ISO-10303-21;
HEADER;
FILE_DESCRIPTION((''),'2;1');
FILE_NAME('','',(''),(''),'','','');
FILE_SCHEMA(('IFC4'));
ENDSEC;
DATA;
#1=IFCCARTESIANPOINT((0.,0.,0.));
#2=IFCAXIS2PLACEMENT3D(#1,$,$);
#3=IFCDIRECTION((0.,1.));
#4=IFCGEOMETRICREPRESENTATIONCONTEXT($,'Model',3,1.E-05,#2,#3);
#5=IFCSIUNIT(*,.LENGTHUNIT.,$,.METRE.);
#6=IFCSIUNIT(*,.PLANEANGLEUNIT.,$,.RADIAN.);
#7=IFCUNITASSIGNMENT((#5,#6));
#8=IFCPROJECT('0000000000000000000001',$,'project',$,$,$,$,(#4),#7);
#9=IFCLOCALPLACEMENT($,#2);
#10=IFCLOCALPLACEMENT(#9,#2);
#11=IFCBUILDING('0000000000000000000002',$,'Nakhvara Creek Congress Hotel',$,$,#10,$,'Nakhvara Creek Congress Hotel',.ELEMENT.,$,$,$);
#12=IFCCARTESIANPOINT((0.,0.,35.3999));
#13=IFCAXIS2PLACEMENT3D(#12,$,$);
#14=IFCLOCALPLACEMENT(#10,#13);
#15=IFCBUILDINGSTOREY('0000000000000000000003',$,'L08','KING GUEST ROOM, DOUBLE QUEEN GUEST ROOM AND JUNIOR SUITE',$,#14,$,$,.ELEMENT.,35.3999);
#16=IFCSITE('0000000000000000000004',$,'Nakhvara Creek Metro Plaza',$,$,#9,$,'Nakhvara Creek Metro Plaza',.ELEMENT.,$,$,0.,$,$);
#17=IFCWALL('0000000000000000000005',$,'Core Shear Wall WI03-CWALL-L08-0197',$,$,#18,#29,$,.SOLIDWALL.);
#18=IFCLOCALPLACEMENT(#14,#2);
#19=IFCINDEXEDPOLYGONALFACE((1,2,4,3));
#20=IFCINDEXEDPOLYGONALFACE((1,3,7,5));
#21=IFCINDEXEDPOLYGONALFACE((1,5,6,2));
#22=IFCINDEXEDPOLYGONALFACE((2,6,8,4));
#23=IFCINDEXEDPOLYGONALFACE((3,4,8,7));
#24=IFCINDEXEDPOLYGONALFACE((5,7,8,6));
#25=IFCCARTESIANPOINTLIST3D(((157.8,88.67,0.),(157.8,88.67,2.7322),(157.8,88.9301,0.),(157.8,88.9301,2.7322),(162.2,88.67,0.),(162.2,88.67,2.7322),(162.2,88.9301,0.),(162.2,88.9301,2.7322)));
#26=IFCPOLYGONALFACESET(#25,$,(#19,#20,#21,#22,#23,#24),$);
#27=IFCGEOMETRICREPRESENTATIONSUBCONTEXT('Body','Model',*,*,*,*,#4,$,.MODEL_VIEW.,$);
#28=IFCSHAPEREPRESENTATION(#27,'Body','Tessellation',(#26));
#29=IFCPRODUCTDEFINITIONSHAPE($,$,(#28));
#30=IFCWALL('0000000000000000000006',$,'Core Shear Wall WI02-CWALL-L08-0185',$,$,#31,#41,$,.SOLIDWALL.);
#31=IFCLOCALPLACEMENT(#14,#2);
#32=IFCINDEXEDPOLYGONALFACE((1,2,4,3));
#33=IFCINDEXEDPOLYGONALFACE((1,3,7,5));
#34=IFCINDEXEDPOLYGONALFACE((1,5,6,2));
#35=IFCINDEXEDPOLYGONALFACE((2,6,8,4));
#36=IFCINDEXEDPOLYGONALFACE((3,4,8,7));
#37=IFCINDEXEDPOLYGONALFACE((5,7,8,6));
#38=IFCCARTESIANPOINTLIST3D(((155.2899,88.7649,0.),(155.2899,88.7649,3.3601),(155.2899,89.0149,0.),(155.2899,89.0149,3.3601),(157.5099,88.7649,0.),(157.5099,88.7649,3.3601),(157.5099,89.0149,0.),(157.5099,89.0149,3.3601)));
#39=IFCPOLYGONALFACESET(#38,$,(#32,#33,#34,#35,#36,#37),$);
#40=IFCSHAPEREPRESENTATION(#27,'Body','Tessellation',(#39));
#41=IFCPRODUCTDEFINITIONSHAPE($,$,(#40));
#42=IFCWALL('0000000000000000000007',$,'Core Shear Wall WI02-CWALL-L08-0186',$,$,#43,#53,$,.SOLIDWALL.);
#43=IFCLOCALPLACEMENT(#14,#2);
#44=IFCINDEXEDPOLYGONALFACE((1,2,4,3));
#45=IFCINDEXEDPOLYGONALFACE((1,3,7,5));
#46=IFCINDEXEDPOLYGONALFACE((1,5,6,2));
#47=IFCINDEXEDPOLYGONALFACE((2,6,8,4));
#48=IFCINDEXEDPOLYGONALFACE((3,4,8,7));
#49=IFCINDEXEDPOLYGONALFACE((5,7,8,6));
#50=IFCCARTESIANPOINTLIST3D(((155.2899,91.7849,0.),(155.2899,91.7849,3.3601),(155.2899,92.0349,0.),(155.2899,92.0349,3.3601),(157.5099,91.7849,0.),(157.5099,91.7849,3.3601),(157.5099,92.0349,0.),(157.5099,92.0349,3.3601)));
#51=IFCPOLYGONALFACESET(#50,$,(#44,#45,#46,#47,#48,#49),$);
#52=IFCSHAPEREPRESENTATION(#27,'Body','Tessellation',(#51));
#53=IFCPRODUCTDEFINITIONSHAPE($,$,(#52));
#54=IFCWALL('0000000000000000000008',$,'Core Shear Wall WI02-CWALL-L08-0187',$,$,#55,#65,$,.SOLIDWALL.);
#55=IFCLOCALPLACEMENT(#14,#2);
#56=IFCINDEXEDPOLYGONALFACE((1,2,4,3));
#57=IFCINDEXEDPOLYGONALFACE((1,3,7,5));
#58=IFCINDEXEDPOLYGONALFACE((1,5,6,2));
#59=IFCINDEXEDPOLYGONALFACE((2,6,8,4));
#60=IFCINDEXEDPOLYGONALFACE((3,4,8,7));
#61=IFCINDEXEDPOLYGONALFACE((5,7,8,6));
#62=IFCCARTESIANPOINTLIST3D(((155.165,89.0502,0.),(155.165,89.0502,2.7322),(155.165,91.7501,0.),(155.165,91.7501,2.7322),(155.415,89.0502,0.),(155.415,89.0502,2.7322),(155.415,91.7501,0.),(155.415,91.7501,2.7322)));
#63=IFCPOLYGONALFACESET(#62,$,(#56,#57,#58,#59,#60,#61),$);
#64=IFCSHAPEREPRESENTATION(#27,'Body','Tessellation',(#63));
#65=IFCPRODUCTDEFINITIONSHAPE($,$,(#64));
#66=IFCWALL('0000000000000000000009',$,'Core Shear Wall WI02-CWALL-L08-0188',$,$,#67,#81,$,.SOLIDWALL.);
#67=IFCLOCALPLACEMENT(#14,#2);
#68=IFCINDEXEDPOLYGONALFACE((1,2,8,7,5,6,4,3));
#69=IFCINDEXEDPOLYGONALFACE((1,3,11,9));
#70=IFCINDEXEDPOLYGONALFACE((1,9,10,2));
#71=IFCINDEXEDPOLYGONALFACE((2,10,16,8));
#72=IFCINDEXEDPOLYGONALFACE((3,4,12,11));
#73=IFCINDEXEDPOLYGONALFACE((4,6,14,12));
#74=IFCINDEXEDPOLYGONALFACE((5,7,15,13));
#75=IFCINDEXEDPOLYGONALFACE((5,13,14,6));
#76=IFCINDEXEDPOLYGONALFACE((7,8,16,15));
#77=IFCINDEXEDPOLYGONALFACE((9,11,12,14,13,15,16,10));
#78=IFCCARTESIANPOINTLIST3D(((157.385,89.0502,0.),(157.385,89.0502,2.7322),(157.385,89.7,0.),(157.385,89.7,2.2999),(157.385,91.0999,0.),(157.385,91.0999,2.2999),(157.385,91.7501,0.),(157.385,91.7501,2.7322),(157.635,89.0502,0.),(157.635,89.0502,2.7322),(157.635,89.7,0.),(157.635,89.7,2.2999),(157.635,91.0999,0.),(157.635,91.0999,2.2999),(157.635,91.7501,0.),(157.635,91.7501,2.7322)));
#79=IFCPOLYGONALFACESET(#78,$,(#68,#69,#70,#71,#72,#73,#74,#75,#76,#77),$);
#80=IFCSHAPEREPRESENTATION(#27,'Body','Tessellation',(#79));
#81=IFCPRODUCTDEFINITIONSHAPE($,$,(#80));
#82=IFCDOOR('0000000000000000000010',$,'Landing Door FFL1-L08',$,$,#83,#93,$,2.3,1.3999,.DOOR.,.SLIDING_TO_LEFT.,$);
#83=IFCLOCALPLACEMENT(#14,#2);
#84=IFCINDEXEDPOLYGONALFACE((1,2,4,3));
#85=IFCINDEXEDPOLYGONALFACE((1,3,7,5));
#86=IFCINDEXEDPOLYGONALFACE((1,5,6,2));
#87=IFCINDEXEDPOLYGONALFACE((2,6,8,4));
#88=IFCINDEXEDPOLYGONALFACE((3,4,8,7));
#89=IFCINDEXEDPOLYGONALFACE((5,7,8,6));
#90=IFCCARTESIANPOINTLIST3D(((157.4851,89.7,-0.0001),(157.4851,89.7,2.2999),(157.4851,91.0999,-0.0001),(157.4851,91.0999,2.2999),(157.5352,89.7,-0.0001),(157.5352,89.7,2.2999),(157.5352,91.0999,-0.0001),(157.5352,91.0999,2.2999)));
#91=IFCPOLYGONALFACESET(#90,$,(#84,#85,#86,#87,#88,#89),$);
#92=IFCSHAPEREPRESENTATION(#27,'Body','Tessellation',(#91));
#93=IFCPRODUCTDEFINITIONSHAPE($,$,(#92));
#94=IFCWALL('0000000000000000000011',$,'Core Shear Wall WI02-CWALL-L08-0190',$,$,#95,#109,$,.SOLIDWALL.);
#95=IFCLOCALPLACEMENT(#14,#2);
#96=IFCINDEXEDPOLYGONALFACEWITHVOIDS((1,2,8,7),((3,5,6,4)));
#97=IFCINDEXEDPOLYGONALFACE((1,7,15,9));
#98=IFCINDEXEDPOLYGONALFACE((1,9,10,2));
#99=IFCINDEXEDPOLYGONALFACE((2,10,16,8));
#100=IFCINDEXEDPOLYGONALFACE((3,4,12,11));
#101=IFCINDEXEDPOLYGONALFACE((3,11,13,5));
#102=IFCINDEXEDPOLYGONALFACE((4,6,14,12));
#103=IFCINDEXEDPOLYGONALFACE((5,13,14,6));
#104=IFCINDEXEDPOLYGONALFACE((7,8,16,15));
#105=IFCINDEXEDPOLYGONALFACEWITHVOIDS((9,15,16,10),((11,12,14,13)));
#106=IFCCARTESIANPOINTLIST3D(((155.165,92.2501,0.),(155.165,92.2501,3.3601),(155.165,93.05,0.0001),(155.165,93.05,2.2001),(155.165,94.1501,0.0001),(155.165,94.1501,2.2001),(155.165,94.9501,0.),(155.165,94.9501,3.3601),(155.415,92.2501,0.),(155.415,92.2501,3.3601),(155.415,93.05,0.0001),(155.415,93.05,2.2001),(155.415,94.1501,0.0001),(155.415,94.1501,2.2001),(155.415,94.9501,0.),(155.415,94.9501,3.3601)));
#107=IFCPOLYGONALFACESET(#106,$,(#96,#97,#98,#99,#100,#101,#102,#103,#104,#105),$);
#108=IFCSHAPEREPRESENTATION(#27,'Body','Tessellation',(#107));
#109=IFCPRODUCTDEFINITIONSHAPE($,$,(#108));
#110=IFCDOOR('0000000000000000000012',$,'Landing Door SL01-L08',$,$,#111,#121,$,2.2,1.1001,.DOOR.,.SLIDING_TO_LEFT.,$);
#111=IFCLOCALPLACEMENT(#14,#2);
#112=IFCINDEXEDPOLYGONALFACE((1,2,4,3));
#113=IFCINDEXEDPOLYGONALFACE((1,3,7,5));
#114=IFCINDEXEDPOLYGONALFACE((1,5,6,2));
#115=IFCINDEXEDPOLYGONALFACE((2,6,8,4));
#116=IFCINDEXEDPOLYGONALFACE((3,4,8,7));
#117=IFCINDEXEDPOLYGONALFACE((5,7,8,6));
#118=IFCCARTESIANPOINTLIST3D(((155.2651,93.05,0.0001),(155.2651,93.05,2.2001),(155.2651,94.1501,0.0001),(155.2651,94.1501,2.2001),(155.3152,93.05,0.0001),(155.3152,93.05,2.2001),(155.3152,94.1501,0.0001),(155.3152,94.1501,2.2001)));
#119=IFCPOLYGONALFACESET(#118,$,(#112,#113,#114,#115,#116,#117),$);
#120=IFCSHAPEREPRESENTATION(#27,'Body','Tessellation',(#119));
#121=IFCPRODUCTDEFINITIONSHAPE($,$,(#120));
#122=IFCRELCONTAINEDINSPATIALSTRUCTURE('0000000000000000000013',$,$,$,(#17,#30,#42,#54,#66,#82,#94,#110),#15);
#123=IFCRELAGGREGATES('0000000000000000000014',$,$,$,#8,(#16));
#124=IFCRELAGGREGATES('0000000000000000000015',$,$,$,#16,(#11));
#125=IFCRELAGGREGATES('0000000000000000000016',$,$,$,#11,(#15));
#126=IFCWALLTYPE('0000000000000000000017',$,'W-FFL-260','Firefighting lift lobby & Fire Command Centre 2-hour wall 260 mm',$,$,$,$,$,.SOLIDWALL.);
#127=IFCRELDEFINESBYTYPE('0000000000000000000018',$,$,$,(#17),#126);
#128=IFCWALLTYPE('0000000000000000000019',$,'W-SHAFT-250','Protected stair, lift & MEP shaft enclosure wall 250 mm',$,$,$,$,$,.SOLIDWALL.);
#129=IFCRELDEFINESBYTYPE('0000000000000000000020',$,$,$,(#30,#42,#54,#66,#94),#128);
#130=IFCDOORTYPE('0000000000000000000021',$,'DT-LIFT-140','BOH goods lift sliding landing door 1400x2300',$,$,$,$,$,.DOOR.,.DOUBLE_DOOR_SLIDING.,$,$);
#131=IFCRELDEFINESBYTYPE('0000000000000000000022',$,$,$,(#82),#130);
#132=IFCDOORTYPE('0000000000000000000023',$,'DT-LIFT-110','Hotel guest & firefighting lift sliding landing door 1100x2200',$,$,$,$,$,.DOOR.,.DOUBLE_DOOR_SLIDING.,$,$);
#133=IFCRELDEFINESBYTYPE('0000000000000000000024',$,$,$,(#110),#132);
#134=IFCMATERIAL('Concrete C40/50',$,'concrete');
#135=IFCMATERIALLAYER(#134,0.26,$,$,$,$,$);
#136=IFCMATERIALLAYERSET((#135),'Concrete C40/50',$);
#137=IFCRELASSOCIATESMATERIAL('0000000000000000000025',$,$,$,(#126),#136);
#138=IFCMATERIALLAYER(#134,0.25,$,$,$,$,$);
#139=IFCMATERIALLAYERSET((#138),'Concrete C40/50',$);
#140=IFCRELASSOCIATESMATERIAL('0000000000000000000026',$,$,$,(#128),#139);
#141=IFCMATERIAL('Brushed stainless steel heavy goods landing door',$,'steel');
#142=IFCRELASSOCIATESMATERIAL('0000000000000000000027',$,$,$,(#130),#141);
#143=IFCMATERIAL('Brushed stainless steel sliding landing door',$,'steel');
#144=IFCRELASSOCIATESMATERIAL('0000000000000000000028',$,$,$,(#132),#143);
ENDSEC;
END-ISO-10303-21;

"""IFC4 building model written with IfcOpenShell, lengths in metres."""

from ifc_helpers import new_model, si_unit, direction, frame, frame_2d, origin, place, context, subcontext, project, spatial, rectangle, extrude, material, layer, layer_set, type_object, element, fill, save


model = new_model("IFC4")

# Units and contexts
model_context = context("Model", 3, precision=1e-05, world=origin(), true_north=direction((0.0, 1.0)))
body_context = subcontext(model_context, "Body", "Model", "MODEL_VIEW")
ifc_project = project(units=[si_unit("LENGTHUNIT", "METRE"), si_unit("PLANEANGLEUNIT", "RADIAN")], contexts=[model_context])

# Site, building, storey
site_placement = place(None, origin())
site = spatial("IfcSite", under=ifc_project, at=site_placement, Name="Nakhvara Creek Metro Plaza", LongName="Nakhvara Creek Metro Plaza", CompositionType="ELEMENT", RefElevation=0.0)
building_placement = place(site_placement, origin())
building = spatial("IfcBuilding", under=site, at=building_placement, Name="Nakhvara Creek Congress Hotel", LongName="Nakhvara Creek Congress Hotel", CompositionType="ELEMENT")
storey_placement = place(building_placement, frame((0.0, 0.0, 35.3999)))
storey = spatial("IfcBuildingStorey", under=building, at=storey_placement, Name="L08", Description="KING GUEST ROOM, DOUBLE QUEEN GUEST ROOM AND JUNIOR SUITE", CompositionType="ELEMENT", Elevation=35.3999)

# Shared definitions
ifc_material_1 = material(Name="Concrete C40/50", Category="concrete")

# Shared definitions
ifc_layer_1 = layer(ifc_material_1, 0.26)
ifc_layer_set_1 = layer_set([ifc_layer_1], Name="Concrete C40/50")
wall_type_1 = type_object("IfcWallType", Name="W-FFL-260", Description="Firefighting lift lobby & Fire Command Centre 2-hour wall 260 mm", PredefinedType="SOLIDWALL", material=ifc_layer_set_1)

# Walls
wall_1_placement = place(storey_placement, frame((157.8, 88.8, 0.0), z_axis=(0.0, 0.0, 1.0), x_axis=(1.0, 0.0, 0.0)))
element("IfcWall", 1, at=wall_1_placement, inside=storey, type_object=wall_type_1, Name="Core Shear Wall WI03-CWALL-L08-0197", PredefinedType="SOLIDWALL", context=body_context, shape_type="SweptSolid", body=[
    extrude(rectangle(XDim=4.3999, YDim=0.26, at=frame_2d((2.2, 0.0))), origin(), (0.0, 0.0, 1.0), 2.7322),
])
ifc_layer_2 = layer(ifc_material_1, 0.25)
ifc_layer_set_2 = layer_set([ifc_layer_2], Name="Concrete C40/50")
wall_type_2 = type_object("IfcWallType", Name="W-SHAFT-250", Description="Protected stair, lift & MEP shaft enclosure wall 250 mm", PredefinedType="SOLIDWALL", material=ifc_layer_set_2)
for number, where, z_axis, x_axis, name in (
    (2, (155.29, 88.8899, 0.0), (0.0, 0.0, 1.0), (1.0, 0.0, 0.0), "Core Shear Wall WI02-CWALL-L08-0185"),
    (3, (155.29, 91.9099, 0.0), (0.0, 0.0, 1.0), (1.0, 0.0, 0.0), "Core Shear Wall WI02-CWALL-L08-0186"),
):
    element("IfcWall", number, at=place(storey_placement, frame(where, z_axis=z_axis, x_axis=x_axis)), inside=storey, type_object=wall_type_2, Name=name, PredefinedType="SOLIDWALL", context=body_context, shape_type="SweptSolid", body=[
        extrude(rectangle(XDim=2.22, YDim=0.25, at=frame_2d((1.1099, 0.0))), origin(), (0.0, 0.0, 1.0), 3.3601),
    ])
wall_2_placement = place(storey_placement, frame((155.29, 89.05, 0.0), z_axis=(0.0, 0.0, 1.0), x_axis=(0.0, 1.0, 0.0)))
element("IfcWall", 4, at=wall_2_placement, inside=storey, type_object=wall_type_2, Name="Core Shear Wall WI02-CWALL-L08-0187", PredefinedType="SOLIDWALL", context=body_context, shape_type="SweptSolid", body=[
    extrude(rectangle(XDim=2.7, YDim=0.25, at=frame_2d((1.3501, 0.0))), origin(), (0.0, 0.0, 1.0), 2.7322),
])

# Walls, openings, doors
wall_3_placement = place(storey_placement, frame((157.51, 89.05, 0.0), z_axis=(0.0, 0.0, 1.0), x_axis=(0.0, 1.0, 0.0)))
wall_3 = element("IfcWall", 5, at=wall_3_placement, inside=storey, type_object=wall_type_2, Name="Core Shear Wall WI02-CWALL-L08-0188", PredefinedType="SOLIDWALL", context=body_context, shape_type="SweptSolid", body=[
    extrude(rectangle(XDim=2.7, YDim=0.25, at=frame_2d((1.3501, 0.0))), origin(), (0.0, 0.0, 1.0), 2.7322),
])
opening_1_placement = place(wall_3_placement, frame((0.6499, 0.0, 0.0)))
opening_1 = element("IfcOpeningElement", 6, at=opening_1_placement, cuts=wall_3, PredefinedType="OPENING", context=body_context, shape_type="SweptSolid", body=[
    extrude(rectangle(XDim=1.3999, YDim=2.3, at=frame_2d((0.7, 1.1499))), frame((0.0, 0.137, 0.0), z_axis=(0.0, -1.0, 0.0), x_axis=(1.0, 0.0, 0.0)), (0.0, 0.0, 1.0), 0.2739),
])
ifc_material_2 = material(Name="Brushed stainless steel heavy goods landing door", Category="steel")
door_type_1 = type_object("IfcDoorType", Name="DT-LIFT-140", Description="BOH goods lift sliding landing door 1400x2300", OperationType="DOUBLE_DOOR_SLIDING", PredefinedType="DOOR", material=ifc_material_2)
door_1_placement = place(opening_1_placement, origin())
door_1 = element("IfcDoor", 7, at=door_1_placement, inside=storey, type_object=door_type_1, Name="Landing Door FFL1-L08", OperationType="SLIDING_TO_LEFT", OverallHeight=2.3, OverallWidth=1.3999, PredefinedType="DOOR", context=body_context, shape_type="SweptSolid", body=[
    extrude(rectangle(XDim=1.3999, YDim=2.3, at=frame_2d((0.7, 1.1499))), frame((0.0, 0.0249, 0.0), z_axis=(0.0, -1.0, 0.0), x_axis=(1.0, 0.0, 0.0)), (0.0, 0.0, 1.0), 0.05),
])
fill(opening_1, door_1)
wall_4_placement = place(storey_placement, frame((155.29, 92.25, 0.0), z_axis=(0.0, 0.0, 1.0), x_axis=(0.0, 1.0, 0.0)))
wall_4 = element("IfcWall", 8, at=wall_4_placement, inside=storey, type_object=wall_type_2, Name="Core Shear Wall WI02-CWALL-L08-0190", PredefinedType="SOLIDWALL", context=body_context, shape_type="SweptSolid", body=[
    extrude(rectangle(XDim=2.7, YDim=0.25, at=frame_2d((1.3501, 0.0))), origin(), (0.0, 0.0, 1.0), 3.3601),
])
opening_2_placement = place(wall_4_placement, frame((0.8, 0.0, 0.0)))
opening_2 = element("IfcOpeningElement", 9, at=opening_2_placement, cuts=wall_4, PredefinedType="OPENING", context=body_context, shape_type="SweptSolid", body=[
    extrude(rectangle(XDim=1.1001, YDim=2.2, at=frame_2d((0.55, 1.1001))), frame((0.0, 0.137, 0.0), z_axis=(0.0, -1.0, 0.0), x_axis=(1.0, 0.0, 0.0)), (0.0, 0.0, 1.0), 0.2739),
])
ifc_material_3 = material(Name="Brushed stainless steel sliding landing door", Category="steel")
door_type_2 = type_object("IfcDoorType", Name="DT-LIFT-110", Description="Hotel guest & firefighting lift sliding landing door 1100x2200", OperationType="DOUBLE_DOOR_SLIDING", PredefinedType="DOOR", material=ifc_material_3)
door_2_placement = place(opening_2_placement, origin())
door_2 = element("IfcDoor", 10, at=door_2_placement, inside=storey, type_object=door_type_2, Name="Landing Door SL01-L08", OperationType="SLIDING_TO_LEFT", OverallHeight=2.2, OverallWidth=1.1001, PredefinedType="DOOR", context=body_context, shape_type="SweptSolid", body=[
    extrude(rectangle(XDim=1.1001, YDim=2.2, at=frame_2d((0.55, 1.1001))), frame((0.0, 0.0249, 0.0), z_axis=(0.0, -1.0, 0.0), x_axis=(1.0, 0.0, 0.0)), (0.0, 0.0, 1.0), 0.05),
])
fill(opening_2, door_2)

save(model, "model.ifc")
